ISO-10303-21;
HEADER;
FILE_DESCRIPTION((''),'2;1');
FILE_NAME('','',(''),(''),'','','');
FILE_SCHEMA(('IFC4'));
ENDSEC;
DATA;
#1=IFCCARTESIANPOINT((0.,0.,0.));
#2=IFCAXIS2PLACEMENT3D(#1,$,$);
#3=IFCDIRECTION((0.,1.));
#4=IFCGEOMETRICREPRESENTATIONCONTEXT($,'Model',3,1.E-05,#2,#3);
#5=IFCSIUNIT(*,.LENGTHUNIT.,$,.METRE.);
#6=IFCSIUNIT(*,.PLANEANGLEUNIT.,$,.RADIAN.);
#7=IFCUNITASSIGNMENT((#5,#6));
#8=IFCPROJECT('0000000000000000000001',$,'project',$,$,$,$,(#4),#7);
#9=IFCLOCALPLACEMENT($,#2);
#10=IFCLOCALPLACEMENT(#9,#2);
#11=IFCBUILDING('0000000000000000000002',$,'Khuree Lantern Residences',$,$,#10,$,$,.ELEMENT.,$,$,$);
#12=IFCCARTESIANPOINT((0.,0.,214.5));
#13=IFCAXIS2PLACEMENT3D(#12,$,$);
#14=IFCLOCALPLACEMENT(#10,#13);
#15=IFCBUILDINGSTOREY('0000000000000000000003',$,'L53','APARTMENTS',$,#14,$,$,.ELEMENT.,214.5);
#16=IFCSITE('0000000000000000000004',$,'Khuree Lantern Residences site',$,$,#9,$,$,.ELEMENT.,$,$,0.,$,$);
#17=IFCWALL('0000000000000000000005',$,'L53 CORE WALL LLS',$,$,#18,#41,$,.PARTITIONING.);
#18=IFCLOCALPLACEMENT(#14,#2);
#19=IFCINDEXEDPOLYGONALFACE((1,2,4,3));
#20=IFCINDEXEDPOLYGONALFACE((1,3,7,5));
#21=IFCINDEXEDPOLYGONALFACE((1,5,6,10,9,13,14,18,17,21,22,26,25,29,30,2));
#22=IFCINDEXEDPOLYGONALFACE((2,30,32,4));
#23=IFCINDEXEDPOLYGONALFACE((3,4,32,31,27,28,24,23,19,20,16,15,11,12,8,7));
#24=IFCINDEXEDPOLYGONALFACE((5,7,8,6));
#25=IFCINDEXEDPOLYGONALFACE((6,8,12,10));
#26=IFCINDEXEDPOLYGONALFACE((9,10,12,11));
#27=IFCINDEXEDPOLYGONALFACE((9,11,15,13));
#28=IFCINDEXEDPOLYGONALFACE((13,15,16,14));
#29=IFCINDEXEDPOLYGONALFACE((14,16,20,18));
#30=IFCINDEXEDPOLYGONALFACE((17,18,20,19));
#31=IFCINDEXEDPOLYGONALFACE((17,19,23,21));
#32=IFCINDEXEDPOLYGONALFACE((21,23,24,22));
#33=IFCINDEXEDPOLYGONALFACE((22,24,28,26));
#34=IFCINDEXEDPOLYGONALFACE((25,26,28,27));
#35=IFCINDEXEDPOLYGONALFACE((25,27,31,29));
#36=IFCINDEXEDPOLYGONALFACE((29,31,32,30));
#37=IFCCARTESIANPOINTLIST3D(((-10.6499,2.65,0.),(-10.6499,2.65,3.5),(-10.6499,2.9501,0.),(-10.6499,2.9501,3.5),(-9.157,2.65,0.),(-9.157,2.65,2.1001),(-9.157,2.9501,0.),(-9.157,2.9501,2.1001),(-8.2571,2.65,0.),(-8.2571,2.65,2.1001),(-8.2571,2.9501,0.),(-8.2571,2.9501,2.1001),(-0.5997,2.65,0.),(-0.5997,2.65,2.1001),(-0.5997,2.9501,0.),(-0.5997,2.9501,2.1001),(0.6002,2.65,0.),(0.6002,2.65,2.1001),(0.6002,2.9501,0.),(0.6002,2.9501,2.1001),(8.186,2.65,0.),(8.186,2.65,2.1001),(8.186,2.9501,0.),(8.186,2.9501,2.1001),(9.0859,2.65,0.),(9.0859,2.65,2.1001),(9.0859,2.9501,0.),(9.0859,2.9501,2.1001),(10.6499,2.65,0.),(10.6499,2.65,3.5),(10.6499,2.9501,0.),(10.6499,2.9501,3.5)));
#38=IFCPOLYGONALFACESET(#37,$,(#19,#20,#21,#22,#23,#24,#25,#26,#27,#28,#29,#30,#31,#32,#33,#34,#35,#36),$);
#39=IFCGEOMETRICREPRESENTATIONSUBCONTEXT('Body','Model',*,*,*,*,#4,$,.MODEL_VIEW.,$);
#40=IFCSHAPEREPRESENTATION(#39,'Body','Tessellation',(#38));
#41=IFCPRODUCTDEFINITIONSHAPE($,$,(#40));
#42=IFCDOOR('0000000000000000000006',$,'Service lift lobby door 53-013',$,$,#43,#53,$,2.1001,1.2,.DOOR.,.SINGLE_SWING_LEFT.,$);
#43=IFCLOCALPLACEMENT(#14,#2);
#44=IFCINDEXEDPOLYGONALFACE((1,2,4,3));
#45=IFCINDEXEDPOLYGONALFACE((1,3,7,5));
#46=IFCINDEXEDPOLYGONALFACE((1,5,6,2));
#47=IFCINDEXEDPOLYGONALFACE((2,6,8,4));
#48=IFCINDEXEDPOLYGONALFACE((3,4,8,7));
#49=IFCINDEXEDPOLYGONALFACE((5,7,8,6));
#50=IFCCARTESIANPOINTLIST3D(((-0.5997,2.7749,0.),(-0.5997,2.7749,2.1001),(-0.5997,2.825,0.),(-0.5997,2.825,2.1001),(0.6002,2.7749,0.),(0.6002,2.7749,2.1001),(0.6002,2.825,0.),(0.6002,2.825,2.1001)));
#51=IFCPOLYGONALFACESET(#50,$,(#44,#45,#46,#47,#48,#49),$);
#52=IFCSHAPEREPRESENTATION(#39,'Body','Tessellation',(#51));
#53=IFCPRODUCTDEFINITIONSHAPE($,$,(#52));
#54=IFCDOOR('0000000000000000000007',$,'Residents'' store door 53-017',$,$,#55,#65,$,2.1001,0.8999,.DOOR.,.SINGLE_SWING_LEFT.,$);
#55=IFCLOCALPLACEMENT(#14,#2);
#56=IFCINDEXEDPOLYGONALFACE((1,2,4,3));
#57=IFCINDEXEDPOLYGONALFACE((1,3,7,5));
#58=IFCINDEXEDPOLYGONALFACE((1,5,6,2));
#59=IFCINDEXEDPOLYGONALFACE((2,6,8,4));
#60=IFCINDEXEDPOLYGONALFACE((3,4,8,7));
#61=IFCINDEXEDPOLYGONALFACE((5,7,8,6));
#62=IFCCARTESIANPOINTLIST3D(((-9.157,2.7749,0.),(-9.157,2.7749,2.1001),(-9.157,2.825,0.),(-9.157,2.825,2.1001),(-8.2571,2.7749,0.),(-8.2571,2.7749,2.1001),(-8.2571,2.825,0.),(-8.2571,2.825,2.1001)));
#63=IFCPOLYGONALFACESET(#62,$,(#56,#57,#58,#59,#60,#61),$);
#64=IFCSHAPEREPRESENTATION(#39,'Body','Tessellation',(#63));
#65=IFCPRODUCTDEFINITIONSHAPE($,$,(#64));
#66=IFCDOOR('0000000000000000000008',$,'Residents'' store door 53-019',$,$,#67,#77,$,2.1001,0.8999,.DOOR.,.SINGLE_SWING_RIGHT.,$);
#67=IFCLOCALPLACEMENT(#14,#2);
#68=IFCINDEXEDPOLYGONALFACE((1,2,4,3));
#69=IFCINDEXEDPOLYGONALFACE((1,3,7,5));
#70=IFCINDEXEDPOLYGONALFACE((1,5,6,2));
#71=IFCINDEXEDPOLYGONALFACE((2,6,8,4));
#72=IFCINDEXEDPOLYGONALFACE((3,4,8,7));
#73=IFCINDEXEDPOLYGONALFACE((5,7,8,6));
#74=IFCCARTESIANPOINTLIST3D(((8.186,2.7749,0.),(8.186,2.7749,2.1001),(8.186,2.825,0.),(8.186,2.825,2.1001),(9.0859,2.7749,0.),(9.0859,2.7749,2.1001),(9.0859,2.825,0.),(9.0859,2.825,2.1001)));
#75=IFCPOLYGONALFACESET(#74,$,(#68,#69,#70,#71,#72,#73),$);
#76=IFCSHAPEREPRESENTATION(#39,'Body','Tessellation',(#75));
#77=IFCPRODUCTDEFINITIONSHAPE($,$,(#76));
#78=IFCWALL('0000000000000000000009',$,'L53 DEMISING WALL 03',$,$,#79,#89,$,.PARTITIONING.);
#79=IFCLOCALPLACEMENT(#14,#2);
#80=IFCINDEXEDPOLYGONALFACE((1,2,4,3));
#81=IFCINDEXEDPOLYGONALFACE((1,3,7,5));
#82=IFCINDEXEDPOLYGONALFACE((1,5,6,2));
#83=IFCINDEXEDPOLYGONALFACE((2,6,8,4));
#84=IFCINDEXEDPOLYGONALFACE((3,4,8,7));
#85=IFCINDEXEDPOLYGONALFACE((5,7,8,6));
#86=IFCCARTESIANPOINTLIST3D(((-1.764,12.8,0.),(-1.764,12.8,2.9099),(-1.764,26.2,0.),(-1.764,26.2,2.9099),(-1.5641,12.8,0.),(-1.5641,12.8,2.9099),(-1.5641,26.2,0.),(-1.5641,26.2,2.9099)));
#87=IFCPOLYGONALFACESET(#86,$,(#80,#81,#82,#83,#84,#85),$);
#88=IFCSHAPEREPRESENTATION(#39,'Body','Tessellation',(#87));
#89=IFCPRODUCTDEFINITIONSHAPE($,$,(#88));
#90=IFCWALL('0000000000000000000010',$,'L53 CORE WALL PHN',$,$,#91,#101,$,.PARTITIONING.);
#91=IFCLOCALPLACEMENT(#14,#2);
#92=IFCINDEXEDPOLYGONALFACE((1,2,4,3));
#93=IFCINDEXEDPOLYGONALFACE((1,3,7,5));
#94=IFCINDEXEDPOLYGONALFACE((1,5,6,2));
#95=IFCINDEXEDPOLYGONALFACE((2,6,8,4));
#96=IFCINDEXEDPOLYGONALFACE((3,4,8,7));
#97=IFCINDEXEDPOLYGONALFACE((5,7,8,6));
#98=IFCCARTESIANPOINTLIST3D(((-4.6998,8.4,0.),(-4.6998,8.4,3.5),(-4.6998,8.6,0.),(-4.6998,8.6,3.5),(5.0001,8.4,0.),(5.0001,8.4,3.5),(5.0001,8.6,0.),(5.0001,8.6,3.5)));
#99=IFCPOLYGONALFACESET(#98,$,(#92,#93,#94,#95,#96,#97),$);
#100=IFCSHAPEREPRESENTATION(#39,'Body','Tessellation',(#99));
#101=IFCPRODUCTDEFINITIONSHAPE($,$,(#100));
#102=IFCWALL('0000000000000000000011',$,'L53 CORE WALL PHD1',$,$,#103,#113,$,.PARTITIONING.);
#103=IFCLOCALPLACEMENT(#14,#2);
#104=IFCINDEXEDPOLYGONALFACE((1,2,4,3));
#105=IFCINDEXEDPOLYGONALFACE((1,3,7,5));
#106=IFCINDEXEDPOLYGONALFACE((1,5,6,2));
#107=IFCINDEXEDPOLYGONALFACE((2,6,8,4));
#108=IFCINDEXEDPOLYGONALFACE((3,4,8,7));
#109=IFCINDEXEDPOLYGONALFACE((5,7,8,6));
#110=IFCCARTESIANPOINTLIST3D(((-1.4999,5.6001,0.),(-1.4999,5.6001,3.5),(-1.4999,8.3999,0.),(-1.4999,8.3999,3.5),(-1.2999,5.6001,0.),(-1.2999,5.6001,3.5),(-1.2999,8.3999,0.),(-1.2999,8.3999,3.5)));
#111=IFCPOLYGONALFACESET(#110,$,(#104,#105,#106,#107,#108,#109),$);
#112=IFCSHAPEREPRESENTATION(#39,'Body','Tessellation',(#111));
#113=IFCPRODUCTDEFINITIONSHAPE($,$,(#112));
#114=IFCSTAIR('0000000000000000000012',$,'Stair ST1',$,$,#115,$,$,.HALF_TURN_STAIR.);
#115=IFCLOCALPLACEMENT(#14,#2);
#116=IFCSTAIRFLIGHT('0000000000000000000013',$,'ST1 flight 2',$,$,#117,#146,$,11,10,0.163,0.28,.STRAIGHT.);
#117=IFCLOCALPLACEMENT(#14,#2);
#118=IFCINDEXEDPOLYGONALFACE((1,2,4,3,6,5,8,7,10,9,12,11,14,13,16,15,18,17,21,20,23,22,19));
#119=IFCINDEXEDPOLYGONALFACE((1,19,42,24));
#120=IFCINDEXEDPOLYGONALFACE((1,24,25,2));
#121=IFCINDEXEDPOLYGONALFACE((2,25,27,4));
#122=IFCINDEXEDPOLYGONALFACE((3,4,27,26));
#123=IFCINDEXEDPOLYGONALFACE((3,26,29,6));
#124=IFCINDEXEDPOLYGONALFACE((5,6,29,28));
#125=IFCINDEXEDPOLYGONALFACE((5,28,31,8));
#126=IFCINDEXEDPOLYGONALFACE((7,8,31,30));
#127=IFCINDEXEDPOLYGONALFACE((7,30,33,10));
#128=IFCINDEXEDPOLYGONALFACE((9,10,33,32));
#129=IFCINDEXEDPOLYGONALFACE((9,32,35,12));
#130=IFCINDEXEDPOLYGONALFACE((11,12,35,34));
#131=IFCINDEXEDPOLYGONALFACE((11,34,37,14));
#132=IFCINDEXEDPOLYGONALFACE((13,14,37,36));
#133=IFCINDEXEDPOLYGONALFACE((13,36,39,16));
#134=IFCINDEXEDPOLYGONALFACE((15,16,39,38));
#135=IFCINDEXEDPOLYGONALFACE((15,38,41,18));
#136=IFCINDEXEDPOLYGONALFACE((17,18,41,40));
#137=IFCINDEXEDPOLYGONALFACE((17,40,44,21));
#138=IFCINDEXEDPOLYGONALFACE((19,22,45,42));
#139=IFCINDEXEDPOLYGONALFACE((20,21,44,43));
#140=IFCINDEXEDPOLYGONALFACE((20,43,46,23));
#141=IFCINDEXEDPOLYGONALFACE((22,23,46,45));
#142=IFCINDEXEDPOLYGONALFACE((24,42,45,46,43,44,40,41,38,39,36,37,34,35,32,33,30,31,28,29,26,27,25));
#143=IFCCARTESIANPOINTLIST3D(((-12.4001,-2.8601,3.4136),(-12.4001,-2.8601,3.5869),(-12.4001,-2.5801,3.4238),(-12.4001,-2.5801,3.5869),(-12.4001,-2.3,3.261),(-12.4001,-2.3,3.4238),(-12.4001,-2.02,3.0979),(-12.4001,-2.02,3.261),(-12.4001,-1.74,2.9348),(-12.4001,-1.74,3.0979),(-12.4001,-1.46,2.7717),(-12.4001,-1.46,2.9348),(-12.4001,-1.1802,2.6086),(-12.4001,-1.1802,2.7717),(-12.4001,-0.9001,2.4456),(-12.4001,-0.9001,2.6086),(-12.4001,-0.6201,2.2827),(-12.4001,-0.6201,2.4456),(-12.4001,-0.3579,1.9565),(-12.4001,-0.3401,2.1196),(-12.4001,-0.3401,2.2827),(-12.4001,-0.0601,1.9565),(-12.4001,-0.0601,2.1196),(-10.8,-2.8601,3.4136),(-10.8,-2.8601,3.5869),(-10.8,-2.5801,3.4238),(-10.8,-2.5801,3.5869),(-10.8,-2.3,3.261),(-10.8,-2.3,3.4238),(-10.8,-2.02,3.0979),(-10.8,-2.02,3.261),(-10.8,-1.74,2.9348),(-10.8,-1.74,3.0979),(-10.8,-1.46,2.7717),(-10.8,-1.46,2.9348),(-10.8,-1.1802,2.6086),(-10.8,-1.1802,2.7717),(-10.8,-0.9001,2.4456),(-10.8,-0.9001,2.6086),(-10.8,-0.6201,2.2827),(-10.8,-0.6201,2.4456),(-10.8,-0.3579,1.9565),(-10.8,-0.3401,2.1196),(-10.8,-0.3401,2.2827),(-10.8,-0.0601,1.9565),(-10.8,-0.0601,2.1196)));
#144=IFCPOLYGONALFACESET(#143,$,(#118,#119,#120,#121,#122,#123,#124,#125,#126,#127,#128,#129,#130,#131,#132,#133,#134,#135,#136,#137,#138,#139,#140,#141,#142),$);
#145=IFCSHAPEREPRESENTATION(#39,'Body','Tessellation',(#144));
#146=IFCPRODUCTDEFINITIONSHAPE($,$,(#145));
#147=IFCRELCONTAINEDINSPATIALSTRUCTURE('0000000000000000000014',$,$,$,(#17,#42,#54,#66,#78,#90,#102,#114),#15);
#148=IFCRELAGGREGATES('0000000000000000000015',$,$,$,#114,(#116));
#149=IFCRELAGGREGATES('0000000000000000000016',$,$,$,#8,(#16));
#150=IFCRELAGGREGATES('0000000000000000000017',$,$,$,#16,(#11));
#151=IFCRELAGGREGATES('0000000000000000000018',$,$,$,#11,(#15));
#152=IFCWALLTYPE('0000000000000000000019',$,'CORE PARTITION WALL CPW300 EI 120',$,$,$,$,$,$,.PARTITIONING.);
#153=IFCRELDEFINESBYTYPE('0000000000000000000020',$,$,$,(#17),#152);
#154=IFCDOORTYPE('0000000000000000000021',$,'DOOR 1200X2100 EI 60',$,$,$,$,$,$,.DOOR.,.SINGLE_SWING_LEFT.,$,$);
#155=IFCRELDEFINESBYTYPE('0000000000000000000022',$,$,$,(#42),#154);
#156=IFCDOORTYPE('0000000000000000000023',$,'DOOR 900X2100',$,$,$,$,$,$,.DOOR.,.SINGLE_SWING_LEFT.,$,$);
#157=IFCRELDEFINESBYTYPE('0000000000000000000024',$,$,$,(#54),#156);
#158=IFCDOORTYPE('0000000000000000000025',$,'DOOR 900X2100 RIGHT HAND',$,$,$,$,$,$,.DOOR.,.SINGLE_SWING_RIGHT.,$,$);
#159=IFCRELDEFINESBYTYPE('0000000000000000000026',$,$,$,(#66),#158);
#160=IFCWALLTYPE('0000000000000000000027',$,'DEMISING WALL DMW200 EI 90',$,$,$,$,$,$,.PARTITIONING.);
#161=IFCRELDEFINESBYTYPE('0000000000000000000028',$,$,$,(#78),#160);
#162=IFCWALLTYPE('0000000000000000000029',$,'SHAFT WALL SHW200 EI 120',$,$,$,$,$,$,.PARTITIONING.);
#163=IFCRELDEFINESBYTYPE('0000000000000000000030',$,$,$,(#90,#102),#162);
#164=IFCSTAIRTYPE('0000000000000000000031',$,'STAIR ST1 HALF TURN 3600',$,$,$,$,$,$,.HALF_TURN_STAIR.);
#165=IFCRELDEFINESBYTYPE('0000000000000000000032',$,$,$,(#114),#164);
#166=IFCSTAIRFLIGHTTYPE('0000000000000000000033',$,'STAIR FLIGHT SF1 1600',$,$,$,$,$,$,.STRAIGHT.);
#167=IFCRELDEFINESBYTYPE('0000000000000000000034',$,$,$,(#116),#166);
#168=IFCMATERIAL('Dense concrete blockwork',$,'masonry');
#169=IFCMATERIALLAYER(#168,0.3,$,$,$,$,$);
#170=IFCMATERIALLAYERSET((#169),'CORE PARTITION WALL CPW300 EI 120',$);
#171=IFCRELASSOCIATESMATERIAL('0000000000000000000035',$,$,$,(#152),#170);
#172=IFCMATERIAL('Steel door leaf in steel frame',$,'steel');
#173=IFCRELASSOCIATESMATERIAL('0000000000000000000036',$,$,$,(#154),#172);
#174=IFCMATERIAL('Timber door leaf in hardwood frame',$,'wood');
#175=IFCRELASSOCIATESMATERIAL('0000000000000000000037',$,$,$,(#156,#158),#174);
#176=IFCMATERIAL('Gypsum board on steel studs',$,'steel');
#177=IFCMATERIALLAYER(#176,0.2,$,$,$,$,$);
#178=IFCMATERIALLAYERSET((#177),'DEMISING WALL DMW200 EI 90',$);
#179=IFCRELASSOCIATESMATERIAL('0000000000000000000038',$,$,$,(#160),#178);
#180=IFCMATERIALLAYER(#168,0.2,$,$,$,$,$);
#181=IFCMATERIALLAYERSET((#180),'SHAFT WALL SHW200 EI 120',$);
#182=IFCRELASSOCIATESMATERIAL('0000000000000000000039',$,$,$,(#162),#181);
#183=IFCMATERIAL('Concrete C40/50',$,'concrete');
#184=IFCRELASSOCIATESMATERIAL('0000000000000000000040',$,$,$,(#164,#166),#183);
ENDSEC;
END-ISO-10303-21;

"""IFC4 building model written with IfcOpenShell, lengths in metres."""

from ifc_helpers import new_model, si_unit, direction, frame, frame_2d, origin, place, context, subcontext, project, spatial, polyline, rectangle, outline, extrude, material, layer, layer_set, type_object, element, fill, aggregate, save


model = new_model("IFC4")

# Units and contexts
model_context = context("Model", 3, precision=1e-05, world=origin(), true_north=direction((0.0, 1.0)))
body_context = subcontext(model_context, "Body", "Model", "MODEL_VIEW")
ifc_project = project(units=[si_unit("LENGTHUNIT", "METRE"), si_unit("PLANEANGLEUNIT", "RADIAN")], contexts=[model_context])

# Site, building, storey
site_placement = place(None, origin())
site = spatial("IfcSite", under=ifc_project, at=site_placement, Name="Khuree Lantern Residences site", CompositionType="ELEMENT", RefElevation=0.0)
building_placement = place(site_placement, origin())
building = spatial("IfcBuilding", under=site, at=building_placement, Name="Khuree Lantern Residences", CompositionType="ELEMENT")
storey_placement = place(building_placement, frame((0.0, 0.0, 214.5)))
storey = spatial("IfcBuildingStorey", under=building, at=storey_placement, Name="L53", Description="APARTMENTS", CompositionType="ELEMENT", Elevation=214.5)

# Shared definitions
ifc_material_1 = material(Name="Timber door leaf in hardwood frame", Category="wood")

# Shared definitions
ifc_material_2 = material(Name="Dense concrete blockwork", Category="masonry")
ifc_layer_1 = layer(ifc_material_2, 0.3)
ifc_layer_set_1 = layer_set([ifc_layer_1], Name="CORE PARTITION WALL CPW300 EI 120")
wall_type_1 = type_object("IfcWallType", Name="CORE PARTITION WALL CPW300 EI 120", PredefinedType="PARTITIONING", material=ifc_layer_set_1)

# Wall, openings, doors
wall_1_placement = place(storey_placement, frame((-10.6499, 2.8, 0.0), z_axis=(0.0, 0.0, 1.0), x_axis=(1.0, 0.0, 0.0)))
wall_1 = element("IfcWall", 1, at=wall_1_placement, inside=storey, type_object=wall_type_1, Name="L53 CORE WALL LLS", PredefinedType="PARTITIONING", context=body_context, shape_type="SweptSolid", body=[
    extrude(rectangle(XDim=21.2998, YDim=0.3, at=frame_2d((10.6499, 0.0))), origin(), (0.0, 0.0, 1.0), 3.5),
])
opening_1_placement = place(wall_1_placement, frame((10.05, 0.0, 0.0)))
opening_1 = element("IfcOpeningElement", 2, at=opening_1_placement, cuts=wall_1, PredefinedType="OPENING", context=body_context, shape_type="SweptSolid", body=[
    extrude(rectangle(XDim=1.2, YDim=2.1001, at=frame_2d((0.6001, 1.05))), frame((0.0, 0.1602, 0.0), z_axis=(0.0, -1.0, 0.0), x_axis=(1.0, 0.0, 0.0)), (0.0, 0.0, 1.0), 0.3201),
])
opening_2_placement = place(wall_1_placement, frame((1.4929, 0.0, 0.0)))
opening_2 = element("IfcOpeningElement", 3, at=opening_2_placement, cuts=wall_1, PredefinedType="OPENING", context=body_context, shape_type="SweptSolid", body=[
    extrude(rectangle(XDim=0.8999, YDim=2.1001, at=frame_2d((0.45, 1.05))), frame((0.0, 0.1602, 0.0), z_axis=(0.0, -1.0, 0.0), x_axis=(1.0, 0.0, 0.0)), (0.0, 0.0, 1.0), 0.3201),
])
opening_3_placement = place(wall_1_placement, frame((18.8359, 0.0, 0.0)))
opening_3 = element("IfcOpeningElement", 4, at=opening_3_placement, cuts=wall_1, PredefinedType="OPENING", context=body_context, shape_type="SweptSolid", body=[
    extrude(rectangle(XDim=0.8999, YDim=2.1001, at=frame_2d((0.45, 1.05))), frame((0.0, 0.1602, 0.0), z_axis=(0.0, -1.0, 0.0), x_axis=(1.0, 0.0, 0.0)), (0.0, 0.0, 1.0), 0.3201),
])
ifc_material_3 = material(Name="Steel door leaf in steel frame", Category="steel")
door_type_1 = type_object("IfcDoorType", Name="DOOR 1200X2100 EI 60", OperationType="SINGLE_SWING_LEFT", PredefinedType="DOOR", material=ifc_material_3)
door_1_placement = place(opening_1_placement, origin())
door_1 = element("IfcDoor", 5, at=door_1_placement, inside=storey, type_object=door_type_1, Name="Service lift lobby door 53-013", OperationType="SINGLE_SWING_LEFT", OverallHeight=2.1001, OverallWidth=1.2, PredefinedType="DOOR", context=body_context, shape_type="SweptSolid", body=[
    extrude(rectangle(XDim=1.2, YDim=2.1001, at=frame_2d((0.6001, 1.05))), frame((0.0, 0.0249, 0.0), z_axis=(0.0, -1.0, 0.0), x_axis=(1.0, 0.0, 0.0)), (0.0, 0.0, 1.0), 0.05),
])
fill(opening_1, door_1)
door_type_2 = type_object("IfcDoorType", Name="DOOR 900X2100", OperationType="SINGLE_SWING_LEFT", PredefinedType="DOOR", material=ifc_material_1)
door_2_placement = place(opening_2_placement, origin())
door_2 = element("IfcDoor", 6, at=door_2_placement, inside=storey, type_object=door_type_2, Name="Residents' store door 53-017", OperationType="SINGLE_SWING_LEFT", OverallHeight=2.1001, OverallWidth=0.8999, PredefinedType="DOOR", context=body_context, shape_type="SweptSolid", body=[
    extrude(rectangle(XDim=0.8999, YDim=2.1001, at=frame_2d((0.45, 1.05))), frame((0.0, 0.0249, 0.0), z_axis=(0.0, -1.0, 0.0), x_axis=(1.0, 0.0, 0.0)), (0.0, 0.0, 1.0), 0.05),
])
fill(opening_2, door_2)
door_type_3 = type_object("IfcDoorType", Name="DOOR 900X2100 RIGHT HAND", OperationType="SINGLE_SWING_RIGHT", PredefinedType="DOOR", material=ifc_material_1)
door_3_placement = place(opening_3_placement, origin())
door_3 = element("IfcDoor", 7, at=door_3_placement, inside=storey, type_object=door_type_3, Name="Residents' store door 53-019", OperationType="SINGLE_SWING_RIGHT", OverallHeight=2.1001, OverallWidth=0.8999, PredefinedType="DOOR", context=body_context, shape_type="SweptSolid", body=[
    extrude(rectangle(XDim=0.8999, YDim=2.1001, at=frame_2d((0.45, 1.05))), frame((0.0, 0.0249, 0.0), z_axis=(0.0, -1.0, 0.0), x_axis=(1.0, 0.0, 0.0)), (0.0, 0.0, 1.0), 0.05),
])
fill(opening_3, door_3)

# Walls
ifc_material_4 = material(Name="Gypsum board on steel studs", Category="steel")
ifc_layer_2 = layer(ifc_material_4, 0.2)
ifc_layer_set_2 = layer_set([ifc_layer_2], Name="DEMISING WALL DMW200 EI 90")
wall_type_2 = type_object("IfcWallType", Name="DEMISING WALL DMW200 EI 90", PredefinedType="PARTITIONING", material=ifc_layer_set_2)
wall_2_placement = place(storey_placement, frame((-1.6641, 12.8, 0.0), z_axis=(0.0, 0.0, 1.0), x_axis=(0.0, 1.0, 0.0)))
element("IfcWall", 8, at=wall_2_placement, inside=storey, type_object=wall_type_2, Name="L53 DEMISING WALL 03", PredefinedType="PARTITIONING", context=body_context, shape_type="SweptSolid", body=[
    extrude(rectangle(XDim=13.3999, YDim=0.2, at=frame_2d((6.7, 0.0))), origin(), (0.0, 0.0, 1.0), 2.9099),
])
ifc_layer_3 = layer(ifc_material_2, 0.2)
ifc_layer_set_3 = layer_set([ifc_layer_3], Name="SHAFT WALL SHW200 EI 120")
wall_type_3 = type_object("IfcWallType", Name="SHAFT WALL SHW200 EI 120", PredefinedType="PARTITIONING", material=ifc_layer_set_3)
wall_3_placement = place(storey_placement, frame((-4.7, 8.5, 0.0), z_axis=(0.0, 0.0, 1.0), x_axis=(1.0, 0.0, 0.0)))
element("IfcWall", 9, at=wall_3_placement, inside=storey, type_object=wall_type_3, Name="L53 CORE WALL PHN", PredefinedType="PARTITIONING", context=body_context, shape_type="SweptSolid", body=[
    extrude(rectangle(XDim=9.7, YDim=0.2, at=frame_2d((4.8501, 0.0))), origin(), (0.0, 0.0, 1.0), 3.5),
])
wall_4_placement = place(storey_placement, frame((-1.3999, 5.6001, 0.0), z_axis=(0.0, 0.0, 1.0), x_axis=(0.0, 1.0, 0.0)))
element("IfcWall", 10, at=wall_4_placement, inside=storey, type_object=wall_type_3, Name="L53 CORE WALL PHD1", PredefinedType="PARTITIONING", context=body_context, shape_type="SweptSolid", body=[
    extrude(rectangle(XDim=2.7998, YDim=0.2, at=frame_2d((1.3999, 0.0))), origin(), (0.0, 0.0, 1.0), 3.5),
])

# Stair, stair flight
ifc_material_5 = material(Name="Concrete C40/50", Category="concrete")
stair_type = type_object("IfcStairType", Name="STAIR ST1 HALF TURN 3600", PredefinedType="HALF_TURN_STAIR", material=ifc_material_5)
stair_placement = place(storey_placement, origin())
stair = element("IfcStair", 11, at=stair_placement, inside=storey, type_object=stair_type, Name="Stair ST1", PredefinedType="HALF_TURN_STAIR")
stair_flight_type = type_object("IfcStairFlightType", Name="STAIR FLIGHT SF1 1600", PredefinedType="STRAIGHT", material=ifc_material_5)
stair_flight_placement = place(storey_placement, frame((-11.6001, -0.0601, 1.9565), z_axis=(0.0, 0.0, 1.0), x_axis=(0.0, -1.0, 0.0)))
stair_flight = element("IfcStairFlight", 12, at=stair_flight_placement, type_object=stair_flight_type, Name="ST1 flight 2", NumberOfRisers=11, NumberOfTreads=10, PredefinedType="STRAIGHT", RiserHeight=0.163, TreadLength=0.28, context=body_context, shape_type="SweptSolid", body=[
    extrude(outline(polyline([(0.0, 0.0), (0.0, 0.1631), (0.28, 0.1631), (0.28, 0.3262), (0.5601, 0.3262), (0.5601, 0.489), (0.8401, 0.489), (0.8401, 0.6521), (1.1201, 0.6521), (1.1201, 0.8152), (1.3999, 0.8152), (1.3999, 0.9783), (1.6799, 0.9783), (1.6799, 1.1414), (1.96, 1.1414), (1.96, 1.3044), (2.24, 1.3044), (2.24, 1.4673), (2.52, 1.4673), (2.52, 1.6304), (2.8, 1.6304), (2.8, 1.7935), (2.8, 1.457), (0.2979, 0.0), (0.0, 0.0)])), frame((0.0, 0.8, 0.0), z_axis=(0.0, -1.0, 0.0), x_axis=(1.0, 0.0, 0.0)), (0.0, 0.0, 1.0), 1.6001),
])
aggregate(stair, [stair_flight])

save(model, "model.ifc")
